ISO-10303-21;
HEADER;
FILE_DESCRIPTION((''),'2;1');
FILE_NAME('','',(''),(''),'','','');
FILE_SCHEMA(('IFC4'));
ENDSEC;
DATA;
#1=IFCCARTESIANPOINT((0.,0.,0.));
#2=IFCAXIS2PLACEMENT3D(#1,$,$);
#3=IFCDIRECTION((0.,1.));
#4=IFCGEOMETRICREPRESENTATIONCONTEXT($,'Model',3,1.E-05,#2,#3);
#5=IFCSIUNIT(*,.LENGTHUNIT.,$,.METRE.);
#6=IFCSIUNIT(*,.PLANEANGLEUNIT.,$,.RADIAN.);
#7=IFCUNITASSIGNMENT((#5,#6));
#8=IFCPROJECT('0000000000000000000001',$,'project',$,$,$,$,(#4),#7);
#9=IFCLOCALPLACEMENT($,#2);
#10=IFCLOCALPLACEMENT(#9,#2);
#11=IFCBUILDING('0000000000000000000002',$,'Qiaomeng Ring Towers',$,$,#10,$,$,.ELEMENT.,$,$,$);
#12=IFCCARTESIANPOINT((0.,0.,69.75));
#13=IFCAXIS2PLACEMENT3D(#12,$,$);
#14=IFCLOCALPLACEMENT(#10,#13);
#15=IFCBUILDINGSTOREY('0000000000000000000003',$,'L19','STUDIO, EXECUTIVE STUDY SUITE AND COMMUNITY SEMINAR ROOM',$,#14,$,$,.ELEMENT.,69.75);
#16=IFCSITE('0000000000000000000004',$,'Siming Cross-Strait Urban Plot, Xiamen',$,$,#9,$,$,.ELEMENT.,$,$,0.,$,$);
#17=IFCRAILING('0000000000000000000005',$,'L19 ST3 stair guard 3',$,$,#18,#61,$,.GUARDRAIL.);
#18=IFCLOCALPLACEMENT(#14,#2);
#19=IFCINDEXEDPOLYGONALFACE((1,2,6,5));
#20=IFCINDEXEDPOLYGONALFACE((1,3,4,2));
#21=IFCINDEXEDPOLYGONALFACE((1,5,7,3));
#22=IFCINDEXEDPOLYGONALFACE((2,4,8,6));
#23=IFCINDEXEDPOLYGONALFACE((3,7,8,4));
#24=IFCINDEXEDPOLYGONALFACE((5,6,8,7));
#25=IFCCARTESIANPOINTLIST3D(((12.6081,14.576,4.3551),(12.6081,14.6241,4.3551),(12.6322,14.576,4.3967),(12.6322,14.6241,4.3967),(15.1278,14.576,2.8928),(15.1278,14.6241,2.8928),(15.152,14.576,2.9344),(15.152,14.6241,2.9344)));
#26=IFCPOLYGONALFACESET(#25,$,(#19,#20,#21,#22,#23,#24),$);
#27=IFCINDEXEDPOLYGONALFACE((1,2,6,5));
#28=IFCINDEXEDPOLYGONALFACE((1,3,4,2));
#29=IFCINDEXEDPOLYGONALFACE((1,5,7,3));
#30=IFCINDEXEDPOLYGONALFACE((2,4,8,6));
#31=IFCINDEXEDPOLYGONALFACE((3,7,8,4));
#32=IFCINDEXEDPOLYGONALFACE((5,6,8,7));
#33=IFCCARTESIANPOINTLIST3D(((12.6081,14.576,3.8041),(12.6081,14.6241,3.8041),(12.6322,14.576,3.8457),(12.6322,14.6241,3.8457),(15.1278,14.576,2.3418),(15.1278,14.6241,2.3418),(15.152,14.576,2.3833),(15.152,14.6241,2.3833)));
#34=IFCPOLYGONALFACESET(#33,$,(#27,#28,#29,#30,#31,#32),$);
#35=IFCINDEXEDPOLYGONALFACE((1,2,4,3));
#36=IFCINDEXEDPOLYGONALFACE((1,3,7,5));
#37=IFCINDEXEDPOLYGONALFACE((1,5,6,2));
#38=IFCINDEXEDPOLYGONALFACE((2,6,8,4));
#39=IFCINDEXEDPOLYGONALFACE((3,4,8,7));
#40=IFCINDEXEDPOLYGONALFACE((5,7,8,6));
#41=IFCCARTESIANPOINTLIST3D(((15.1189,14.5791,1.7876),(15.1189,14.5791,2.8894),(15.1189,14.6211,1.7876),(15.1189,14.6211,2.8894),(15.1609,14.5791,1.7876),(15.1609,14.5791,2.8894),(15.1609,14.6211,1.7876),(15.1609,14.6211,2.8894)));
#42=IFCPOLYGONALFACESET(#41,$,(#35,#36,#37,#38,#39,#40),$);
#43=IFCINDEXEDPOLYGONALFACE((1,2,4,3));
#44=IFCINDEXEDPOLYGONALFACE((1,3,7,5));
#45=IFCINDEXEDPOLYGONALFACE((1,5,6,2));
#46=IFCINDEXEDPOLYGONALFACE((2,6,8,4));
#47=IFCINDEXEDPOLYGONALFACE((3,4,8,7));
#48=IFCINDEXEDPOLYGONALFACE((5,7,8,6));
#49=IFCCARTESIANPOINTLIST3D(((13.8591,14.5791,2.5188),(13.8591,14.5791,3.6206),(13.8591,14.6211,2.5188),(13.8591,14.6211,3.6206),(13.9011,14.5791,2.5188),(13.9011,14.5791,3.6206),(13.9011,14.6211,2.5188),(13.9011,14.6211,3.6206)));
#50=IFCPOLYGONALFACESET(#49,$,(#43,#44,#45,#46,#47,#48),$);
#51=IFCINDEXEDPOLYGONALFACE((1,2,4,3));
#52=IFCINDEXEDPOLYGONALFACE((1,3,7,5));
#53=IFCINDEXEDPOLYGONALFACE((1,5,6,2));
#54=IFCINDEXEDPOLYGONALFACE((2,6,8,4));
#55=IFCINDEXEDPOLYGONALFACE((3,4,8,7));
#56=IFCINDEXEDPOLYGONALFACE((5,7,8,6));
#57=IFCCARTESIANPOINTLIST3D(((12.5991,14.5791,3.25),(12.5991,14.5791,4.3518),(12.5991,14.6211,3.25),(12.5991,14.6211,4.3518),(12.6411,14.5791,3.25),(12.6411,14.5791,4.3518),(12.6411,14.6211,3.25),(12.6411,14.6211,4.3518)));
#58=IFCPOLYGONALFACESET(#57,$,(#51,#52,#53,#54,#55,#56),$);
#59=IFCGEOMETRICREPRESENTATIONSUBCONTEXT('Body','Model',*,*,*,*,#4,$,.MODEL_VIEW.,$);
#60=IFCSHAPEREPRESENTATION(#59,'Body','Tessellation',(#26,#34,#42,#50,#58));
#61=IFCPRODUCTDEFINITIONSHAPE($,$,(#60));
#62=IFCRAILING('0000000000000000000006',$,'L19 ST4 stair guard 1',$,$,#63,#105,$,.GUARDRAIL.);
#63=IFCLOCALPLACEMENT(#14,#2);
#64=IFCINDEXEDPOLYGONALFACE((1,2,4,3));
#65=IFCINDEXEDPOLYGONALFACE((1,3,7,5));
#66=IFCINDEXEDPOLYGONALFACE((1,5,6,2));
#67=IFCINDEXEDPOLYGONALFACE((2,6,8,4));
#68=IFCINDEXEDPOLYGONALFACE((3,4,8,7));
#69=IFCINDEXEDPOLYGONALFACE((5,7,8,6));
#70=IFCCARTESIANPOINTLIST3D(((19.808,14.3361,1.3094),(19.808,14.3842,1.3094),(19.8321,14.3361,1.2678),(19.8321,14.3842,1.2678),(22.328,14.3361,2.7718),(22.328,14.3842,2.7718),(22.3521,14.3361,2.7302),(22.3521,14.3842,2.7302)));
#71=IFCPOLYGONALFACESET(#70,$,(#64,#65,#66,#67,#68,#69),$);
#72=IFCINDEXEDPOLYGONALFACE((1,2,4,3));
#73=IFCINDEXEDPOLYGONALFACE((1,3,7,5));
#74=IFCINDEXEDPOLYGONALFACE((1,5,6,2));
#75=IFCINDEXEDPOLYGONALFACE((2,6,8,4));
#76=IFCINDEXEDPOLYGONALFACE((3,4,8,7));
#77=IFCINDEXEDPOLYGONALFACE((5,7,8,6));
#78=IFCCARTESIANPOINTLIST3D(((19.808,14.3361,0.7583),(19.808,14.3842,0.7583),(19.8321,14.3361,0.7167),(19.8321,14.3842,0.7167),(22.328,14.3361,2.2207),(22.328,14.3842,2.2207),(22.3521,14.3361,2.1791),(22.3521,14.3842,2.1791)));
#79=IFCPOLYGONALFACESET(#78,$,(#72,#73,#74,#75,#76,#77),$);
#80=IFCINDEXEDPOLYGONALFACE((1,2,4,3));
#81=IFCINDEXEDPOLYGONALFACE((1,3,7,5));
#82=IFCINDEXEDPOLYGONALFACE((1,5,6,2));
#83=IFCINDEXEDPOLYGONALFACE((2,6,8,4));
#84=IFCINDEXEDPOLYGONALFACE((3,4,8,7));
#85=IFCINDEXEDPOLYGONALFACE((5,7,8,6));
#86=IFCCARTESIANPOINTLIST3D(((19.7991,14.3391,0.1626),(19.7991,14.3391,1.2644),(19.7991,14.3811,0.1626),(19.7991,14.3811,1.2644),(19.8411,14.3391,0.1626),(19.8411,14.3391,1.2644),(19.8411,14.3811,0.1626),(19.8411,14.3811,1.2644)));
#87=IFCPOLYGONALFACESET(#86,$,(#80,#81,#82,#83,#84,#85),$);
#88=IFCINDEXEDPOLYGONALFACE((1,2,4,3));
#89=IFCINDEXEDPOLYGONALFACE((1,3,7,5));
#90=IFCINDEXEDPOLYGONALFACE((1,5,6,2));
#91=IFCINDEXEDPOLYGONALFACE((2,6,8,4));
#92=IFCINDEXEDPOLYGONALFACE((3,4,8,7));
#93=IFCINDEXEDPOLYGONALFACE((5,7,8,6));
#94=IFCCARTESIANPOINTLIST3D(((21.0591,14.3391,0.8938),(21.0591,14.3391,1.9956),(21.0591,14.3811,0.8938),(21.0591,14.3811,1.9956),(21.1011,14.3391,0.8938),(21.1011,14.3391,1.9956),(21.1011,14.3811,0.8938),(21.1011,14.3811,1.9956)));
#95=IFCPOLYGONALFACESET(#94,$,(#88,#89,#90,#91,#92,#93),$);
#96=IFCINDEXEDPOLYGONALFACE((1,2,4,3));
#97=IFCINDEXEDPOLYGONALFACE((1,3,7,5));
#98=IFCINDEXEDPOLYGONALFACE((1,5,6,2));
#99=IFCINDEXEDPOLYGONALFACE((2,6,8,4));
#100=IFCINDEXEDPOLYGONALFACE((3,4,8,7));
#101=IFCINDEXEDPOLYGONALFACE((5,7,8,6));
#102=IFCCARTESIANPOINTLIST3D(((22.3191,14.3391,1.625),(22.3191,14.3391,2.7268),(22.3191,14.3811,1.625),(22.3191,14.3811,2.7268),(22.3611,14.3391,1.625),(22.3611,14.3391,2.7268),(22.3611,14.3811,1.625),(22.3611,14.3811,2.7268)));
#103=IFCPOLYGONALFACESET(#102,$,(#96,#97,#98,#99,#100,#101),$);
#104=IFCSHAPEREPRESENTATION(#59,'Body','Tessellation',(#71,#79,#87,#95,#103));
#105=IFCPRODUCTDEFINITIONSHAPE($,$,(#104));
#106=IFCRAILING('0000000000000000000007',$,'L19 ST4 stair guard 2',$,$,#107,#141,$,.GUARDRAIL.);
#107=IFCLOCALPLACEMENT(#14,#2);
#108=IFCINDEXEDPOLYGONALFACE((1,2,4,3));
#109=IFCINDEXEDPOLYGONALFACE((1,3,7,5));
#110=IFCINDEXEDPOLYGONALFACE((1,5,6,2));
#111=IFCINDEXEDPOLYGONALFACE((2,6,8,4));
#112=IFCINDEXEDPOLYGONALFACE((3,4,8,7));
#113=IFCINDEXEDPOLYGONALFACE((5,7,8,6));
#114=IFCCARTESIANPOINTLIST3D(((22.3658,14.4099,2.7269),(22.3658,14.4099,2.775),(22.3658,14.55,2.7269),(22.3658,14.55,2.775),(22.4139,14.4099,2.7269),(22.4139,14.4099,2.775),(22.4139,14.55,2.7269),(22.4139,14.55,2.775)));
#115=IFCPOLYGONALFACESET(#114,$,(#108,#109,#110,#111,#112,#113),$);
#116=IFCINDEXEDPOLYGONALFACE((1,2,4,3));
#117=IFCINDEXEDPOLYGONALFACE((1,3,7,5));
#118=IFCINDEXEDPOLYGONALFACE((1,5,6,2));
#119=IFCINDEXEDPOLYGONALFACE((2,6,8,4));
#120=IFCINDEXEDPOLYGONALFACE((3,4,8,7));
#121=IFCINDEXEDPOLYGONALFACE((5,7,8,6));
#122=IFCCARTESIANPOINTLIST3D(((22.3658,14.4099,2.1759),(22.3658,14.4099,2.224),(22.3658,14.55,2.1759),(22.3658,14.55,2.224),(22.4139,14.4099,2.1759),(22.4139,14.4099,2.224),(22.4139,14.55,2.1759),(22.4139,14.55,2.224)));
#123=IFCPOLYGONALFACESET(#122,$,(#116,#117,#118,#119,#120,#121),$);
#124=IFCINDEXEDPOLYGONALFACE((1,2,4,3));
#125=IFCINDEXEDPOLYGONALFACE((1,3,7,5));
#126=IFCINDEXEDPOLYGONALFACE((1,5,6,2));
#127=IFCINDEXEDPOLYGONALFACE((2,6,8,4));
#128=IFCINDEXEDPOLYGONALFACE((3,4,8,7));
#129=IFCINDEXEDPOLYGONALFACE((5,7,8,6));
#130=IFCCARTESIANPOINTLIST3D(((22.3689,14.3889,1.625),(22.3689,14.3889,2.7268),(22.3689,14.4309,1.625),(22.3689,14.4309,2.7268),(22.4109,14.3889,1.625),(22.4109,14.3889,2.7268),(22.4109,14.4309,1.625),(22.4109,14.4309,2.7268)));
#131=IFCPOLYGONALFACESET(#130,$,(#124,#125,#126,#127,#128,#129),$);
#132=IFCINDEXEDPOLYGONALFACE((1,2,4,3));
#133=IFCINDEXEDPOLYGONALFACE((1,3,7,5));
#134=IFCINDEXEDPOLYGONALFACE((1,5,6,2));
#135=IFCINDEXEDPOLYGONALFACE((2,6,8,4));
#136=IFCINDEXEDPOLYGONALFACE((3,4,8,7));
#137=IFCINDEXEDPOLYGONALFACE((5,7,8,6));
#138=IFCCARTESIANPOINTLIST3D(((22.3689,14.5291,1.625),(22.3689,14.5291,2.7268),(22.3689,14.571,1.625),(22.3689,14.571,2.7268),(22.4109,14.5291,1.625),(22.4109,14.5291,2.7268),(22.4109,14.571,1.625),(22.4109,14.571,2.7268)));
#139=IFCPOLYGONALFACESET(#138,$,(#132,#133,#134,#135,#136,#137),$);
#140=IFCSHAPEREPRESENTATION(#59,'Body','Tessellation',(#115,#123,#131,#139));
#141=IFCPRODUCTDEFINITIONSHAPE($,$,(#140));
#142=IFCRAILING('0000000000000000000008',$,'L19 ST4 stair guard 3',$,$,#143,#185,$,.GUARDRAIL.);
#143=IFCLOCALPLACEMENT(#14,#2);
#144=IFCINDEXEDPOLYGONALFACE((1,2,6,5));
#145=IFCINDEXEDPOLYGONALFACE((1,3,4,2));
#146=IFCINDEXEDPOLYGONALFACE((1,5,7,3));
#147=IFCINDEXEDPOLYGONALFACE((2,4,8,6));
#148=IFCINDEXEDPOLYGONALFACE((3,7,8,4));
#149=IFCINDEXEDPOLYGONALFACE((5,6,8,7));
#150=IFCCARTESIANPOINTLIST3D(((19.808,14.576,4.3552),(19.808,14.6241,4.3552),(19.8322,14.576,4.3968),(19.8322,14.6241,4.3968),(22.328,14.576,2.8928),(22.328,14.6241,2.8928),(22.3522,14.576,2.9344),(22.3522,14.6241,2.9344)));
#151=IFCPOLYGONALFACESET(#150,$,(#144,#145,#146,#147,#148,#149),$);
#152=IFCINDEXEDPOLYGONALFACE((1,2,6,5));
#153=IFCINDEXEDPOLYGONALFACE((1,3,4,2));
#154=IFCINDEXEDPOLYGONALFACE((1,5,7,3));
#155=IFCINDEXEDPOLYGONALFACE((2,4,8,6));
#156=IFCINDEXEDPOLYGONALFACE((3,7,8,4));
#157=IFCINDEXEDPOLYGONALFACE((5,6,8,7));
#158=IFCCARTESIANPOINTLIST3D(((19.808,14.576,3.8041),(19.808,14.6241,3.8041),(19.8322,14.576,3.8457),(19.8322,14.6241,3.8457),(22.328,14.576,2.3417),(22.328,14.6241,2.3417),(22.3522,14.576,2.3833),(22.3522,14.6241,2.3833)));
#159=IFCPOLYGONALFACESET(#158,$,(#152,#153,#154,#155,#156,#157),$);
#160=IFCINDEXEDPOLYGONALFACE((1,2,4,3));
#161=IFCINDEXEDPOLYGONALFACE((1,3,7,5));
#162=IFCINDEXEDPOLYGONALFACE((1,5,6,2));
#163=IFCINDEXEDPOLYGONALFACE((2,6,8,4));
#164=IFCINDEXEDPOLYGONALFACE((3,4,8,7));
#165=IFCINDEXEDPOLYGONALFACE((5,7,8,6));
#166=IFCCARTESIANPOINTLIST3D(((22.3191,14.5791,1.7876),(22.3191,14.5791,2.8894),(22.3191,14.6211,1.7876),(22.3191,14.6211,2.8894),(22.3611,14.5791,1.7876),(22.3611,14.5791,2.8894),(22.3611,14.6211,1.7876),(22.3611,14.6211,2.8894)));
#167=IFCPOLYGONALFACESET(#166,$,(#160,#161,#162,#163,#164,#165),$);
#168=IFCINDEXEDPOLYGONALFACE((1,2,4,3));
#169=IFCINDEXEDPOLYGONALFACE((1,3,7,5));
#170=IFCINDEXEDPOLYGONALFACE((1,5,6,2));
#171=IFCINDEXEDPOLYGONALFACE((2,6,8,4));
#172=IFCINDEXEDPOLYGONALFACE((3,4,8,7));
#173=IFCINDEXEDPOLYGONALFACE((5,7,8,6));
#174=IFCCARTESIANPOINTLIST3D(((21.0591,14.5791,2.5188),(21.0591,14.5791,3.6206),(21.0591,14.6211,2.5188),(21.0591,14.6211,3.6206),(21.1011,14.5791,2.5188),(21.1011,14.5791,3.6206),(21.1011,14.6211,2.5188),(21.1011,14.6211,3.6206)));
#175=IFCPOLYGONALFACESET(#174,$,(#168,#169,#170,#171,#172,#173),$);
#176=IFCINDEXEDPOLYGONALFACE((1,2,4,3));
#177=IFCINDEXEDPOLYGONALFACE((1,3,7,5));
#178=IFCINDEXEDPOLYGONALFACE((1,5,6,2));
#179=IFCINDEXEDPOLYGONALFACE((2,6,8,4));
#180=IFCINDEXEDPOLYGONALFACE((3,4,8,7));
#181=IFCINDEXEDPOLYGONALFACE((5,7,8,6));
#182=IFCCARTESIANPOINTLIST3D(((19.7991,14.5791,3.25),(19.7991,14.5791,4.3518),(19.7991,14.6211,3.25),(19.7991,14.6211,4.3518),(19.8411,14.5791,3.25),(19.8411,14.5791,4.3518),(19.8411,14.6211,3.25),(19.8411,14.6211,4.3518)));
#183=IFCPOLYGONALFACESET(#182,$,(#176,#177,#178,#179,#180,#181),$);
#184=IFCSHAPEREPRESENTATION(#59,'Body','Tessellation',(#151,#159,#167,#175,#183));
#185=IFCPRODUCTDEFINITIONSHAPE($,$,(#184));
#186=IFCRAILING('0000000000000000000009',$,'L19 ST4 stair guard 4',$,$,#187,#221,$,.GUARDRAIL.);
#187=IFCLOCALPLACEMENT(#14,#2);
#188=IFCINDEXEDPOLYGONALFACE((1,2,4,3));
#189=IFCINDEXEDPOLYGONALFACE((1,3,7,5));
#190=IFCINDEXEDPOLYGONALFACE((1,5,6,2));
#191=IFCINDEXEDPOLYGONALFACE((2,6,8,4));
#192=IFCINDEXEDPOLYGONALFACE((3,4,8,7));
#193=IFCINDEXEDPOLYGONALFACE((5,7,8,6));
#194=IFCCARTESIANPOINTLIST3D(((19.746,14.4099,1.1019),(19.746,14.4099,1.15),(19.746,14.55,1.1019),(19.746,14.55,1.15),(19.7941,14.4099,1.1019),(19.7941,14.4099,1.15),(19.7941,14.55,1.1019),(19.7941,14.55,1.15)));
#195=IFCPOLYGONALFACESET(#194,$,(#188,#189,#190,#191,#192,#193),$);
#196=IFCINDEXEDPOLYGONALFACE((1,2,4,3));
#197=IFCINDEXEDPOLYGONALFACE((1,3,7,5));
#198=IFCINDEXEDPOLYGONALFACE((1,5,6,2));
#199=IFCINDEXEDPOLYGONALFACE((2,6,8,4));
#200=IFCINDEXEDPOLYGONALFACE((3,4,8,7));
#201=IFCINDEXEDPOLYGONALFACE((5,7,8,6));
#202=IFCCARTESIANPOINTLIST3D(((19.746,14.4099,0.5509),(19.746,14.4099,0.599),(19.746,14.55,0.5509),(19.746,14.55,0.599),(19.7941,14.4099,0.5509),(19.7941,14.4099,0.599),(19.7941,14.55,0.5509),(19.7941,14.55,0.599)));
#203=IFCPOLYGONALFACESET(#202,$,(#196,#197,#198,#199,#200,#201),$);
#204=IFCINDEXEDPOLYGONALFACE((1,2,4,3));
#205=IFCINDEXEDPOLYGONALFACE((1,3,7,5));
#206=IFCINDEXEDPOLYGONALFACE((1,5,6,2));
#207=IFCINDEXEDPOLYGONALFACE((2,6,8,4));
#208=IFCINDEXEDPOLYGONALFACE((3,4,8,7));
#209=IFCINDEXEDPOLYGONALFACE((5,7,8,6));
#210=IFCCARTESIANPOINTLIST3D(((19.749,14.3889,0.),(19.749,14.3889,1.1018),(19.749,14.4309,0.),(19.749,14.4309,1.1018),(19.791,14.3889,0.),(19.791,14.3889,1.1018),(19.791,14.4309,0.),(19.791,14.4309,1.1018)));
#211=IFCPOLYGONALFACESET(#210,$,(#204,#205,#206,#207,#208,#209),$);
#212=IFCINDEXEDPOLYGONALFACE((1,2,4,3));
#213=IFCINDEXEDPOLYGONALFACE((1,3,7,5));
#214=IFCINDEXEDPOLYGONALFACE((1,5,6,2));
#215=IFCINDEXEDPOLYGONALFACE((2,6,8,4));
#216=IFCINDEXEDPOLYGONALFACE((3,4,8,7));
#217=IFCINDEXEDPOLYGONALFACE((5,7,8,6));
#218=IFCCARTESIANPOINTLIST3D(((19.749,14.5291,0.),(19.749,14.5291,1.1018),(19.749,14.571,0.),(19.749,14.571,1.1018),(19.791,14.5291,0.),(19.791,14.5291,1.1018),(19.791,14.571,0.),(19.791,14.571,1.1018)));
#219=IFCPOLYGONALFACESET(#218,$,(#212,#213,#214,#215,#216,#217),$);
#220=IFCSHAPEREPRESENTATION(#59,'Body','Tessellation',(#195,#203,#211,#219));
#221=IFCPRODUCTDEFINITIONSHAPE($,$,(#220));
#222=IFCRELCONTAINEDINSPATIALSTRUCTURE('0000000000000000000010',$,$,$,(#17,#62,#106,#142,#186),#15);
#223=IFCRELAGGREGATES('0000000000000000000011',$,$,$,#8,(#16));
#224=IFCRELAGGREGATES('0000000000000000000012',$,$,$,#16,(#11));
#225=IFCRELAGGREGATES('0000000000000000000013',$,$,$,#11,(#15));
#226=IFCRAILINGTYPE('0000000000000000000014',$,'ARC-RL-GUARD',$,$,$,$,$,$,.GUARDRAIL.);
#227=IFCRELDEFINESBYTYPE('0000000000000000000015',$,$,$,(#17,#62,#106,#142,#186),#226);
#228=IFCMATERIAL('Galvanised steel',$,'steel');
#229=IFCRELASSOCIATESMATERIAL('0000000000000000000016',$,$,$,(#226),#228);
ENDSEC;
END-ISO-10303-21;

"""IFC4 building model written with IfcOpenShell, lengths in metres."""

from ifc_helpers import new_model, si_unit, direction, frame, origin, origin_2d, place, context, subcontext, project, spatial, rectangle, extrude, material, type_object, element, save


model = new_model("IFC4")

# Units and contexts
model_context = context("Model", 3, precision=1e-05, world=origin(), true_north=direction((0.0, 1.0)))
body_context = subcontext(model_context, "Body", "Model", "MODEL_VIEW")
ifc_project = project(units=[si_unit("LENGTHUNIT", "METRE"), si_unit("PLANEANGLEUNIT", "RADIAN")], contexts=[model_context])

# Site, building, storey
site_placement = place(None, origin())
site = spatial("IfcSite", under=ifc_project, at=site_placement, Name="Siming Cross-Strait Urban Plot, Xiamen", CompositionType="ELEMENT", RefElevation=0.0)
building_placement = place(site_placement, origin())
building = spatial("IfcBuilding", under=site, at=building_placement, Name="Qiaomeng Ring Towers", CompositionType="ELEMENT")
storey_placement = place(building_placement, frame((0.0, 0.0, 69.75)))
storey = spatial("IfcBuildingStorey", under=building, at=storey_placement, Name="L19", Description="STUDIO, EXECUTIVE STUDY SUITE AND COMMUNITY SEMINAR ROOM", CompositionType="ELEMENT", Elevation=69.75)

# Railings
ifc_material_1 = material(Name="Galvanised steel", Category="steel")
railing_type_1 = type_object("IfcRailingType", Name="ARC-RL-GUARD", PredefinedType="GUARDRAIL", material=ifc_material_1)
railing_1_placement = place(storey_placement, frame((15.1399, 14.6001, 1.7876)))
element("IfcRailing", 1, at=railing_1_placement, inside=storey, type_object=railing_type_1, Name="L19 ST3 stair guard 3", PredefinedType="GUARDRAIL", context=body_context, shape_type="SweptSolid", body=[
    extrude(rectangle(XDim=0.0481, YDim=0.0481, at=origin_2d()), frame((0.0, 0.0, 1.126), z_axis=(-0.864892, 0.0, 0.501958), x_axis=(0.0, -1.0, 0.0)), (0.0, 0.0, 1.0), 2.9133),
    extrude(rectangle(XDim=0.0481, YDim=0.0481, at=origin_2d()), frame((0.0, 0.0, 0.575), z_axis=(-0.864892, 0.0, 0.501958), x_axis=(0.0, -1.0, 0.0)), (0.0, 0.0, 1.0), 2.9133),
    extrude(rectangle(XDim=0.042, YDim=0.042, at=origin_2d()), origin(), (0.0, 0.0, 1.0), 1.1018),
    extrude(rectangle(XDim=0.042, YDim=0.042, at=origin_2d()), frame((-1.2598, 0.0, 0.7312)), (0.0, 0.0, 1.0), 1.1018),
    extrude(rectangle(XDim=0.042, YDim=0.042, at=origin_2d()), frame((-2.5198, 0.0, 1.4624)), (0.0, 0.0, 1.0), 1.1018),
])
railing_2_placement = place(storey_placement, frame((19.8201, 14.3601, 0.1626)))
element("IfcRailing", 2, at=railing_2_placement, inside=storey, type_object=railing_type_1, Name="L19 ST4 stair guard 1", PredefinedType="GUARDRAIL", context=body_context, shape_type="SweptSolid", body=[
    extrude(rectangle(XDim=0.0481, YDim=0.0481, at=origin_2d()), frame((0.0, 0.0, 1.126), z_axis=(0.864913, 0.0, 0.501921), x_axis=(0.0, 1.0, 0.0)), (0.0, 0.0, 1.0), 2.9136),
    extrude(rectangle(XDim=0.0481, YDim=0.0481, at=origin_2d()), frame((0.0, 0.0, 0.575), z_axis=(0.864913, 0.0, 0.501921), x_axis=(0.0, 1.0, 0.0)), (0.0, 0.0, 1.0), 2.9136),
    extrude(rectangle(XDim=0.042, YDim=0.042, at=origin_2d()), origin(), (0.0, 0.0, 1.0), 1.1018),
    extrude(rectangle(XDim=0.042, YDim=0.042, at=origin_2d()), frame((1.26, 0.0, 0.7312)), (0.0, 0.0, 1.0), 1.1018),
    extrude(rectangle(XDim=0.042, YDim=0.042, at=origin_2d()), frame((2.52, 0.0, 1.4624)), (0.0, 0.0, 1.0), 1.1018),
])
railing_3_placement = place(storey_placement, frame((22.3899, 14.4099, 1.625)))
element("IfcRailing", 3, at=railing_3_placement, inside=storey, type_object=railing_type_1, Name="L19 ST4 stair guard 2", PredefinedType="GUARDRAIL", context=body_context, shape_type="SweptSolid", body=[
    extrude(rectangle(XDim=0.0481, YDim=0.0481, at=origin_2d()), frame((0.0, 0.0, 1.126), z_axis=(0.0, 1.0, 0.0), x_axis=(-1.0, 0.0, 0.0)), (0.0, 0.0, 1.0), 0.1401),
    extrude(rectangle(XDim=0.0481, YDim=0.0481, at=origin_2d()), frame((0.0, 0.0, 0.575), z_axis=(0.0, 1.0, 0.0), x_axis=(-1.0, 0.0, 0.0)), (0.0, 0.0, 1.0), 0.1401),
    extrude(rectangle(XDim=0.042, YDim=0.042, at=origin_2d()), origin(), (0.0, 0.0, 1.0), 1.1018),
    extrude(rectangle(XDim=0.042, YDim=0.042, at=origin_2d()), frame((0.0, 0.1401, 0.0)), (0.0, 0.0, 1.0), 1.1018),
])
railing_4_placement = place(storey_placement, frame((22.3401, 14.6001, 1.7876)))
element("IfcRailing", 4, at=railing_4_placement, inside=storey, type_object=railing_type_1, Name="L19 ST4 stair guard 3", PredefinedType="GUARDRAIL", context=body_context, shape_type="SweptSolid", body=[
    extrude(rectangle(XDim=0.0481, YDim=0.0481, at=origin_2d()), frame((0.0, 0.0, 1.126), z_axis=(-0.864913, 0.0, 0.501921), x_axis=(0.0, -1.0, 0.0)), (0.0, 0.0, 1.0), 2.9136),
    extrude(rectangle(XDim=0.0481, YDim=0.0481, at=origin_2d()), frame((0.0, 0.0, 0.575), z_axis=(-0.864913, 0.0, 0.501921), x_axis=(0.0, -1.0, 0.0)), (0.0, 0.0, 1.0), 2.9136),
    extrude(rectangle(XDim=0.042, YDim=0.042, at=origin_2d()), origin(), (0.0, 0.0, 1.0), 1.1018),
    extrude(rectangle(XDim=0.042, YDim=0.042, at=origin_2d()), frame((-1.26, 0.0, 0.7312)), (0.0, 0.0, 1.0), 1.1018),
    extrude(rectangle(XDim=0.042, YDim=0.042, at=origin_2d()), frame((-2.52, 0.0, 1.4624)), (0.0, 0.0, 1.0), 1.1018),
])
railing_5_placement = place(storey_placement, frame((19.77, 14.4099, 0.0)))
element("IfcRailing", 5, at=railing_5_placement, inside=storey, type_object=railing_type_1, Name="L19 ST4 stair guard 4", PredefinedType="GUARDRAIL", context=body_context, shape_type="SweptSolid", body=[
    extrude(rectangle(XDim=0.0481, YDim=0.0481, at=origin_2d()), frame((0.0, 0.0, 1.126), z_axis=(0.0, 1.0, 0.0), x_axis=(-1.0, 0.0, 0.0)), (0.0, 0.0, 1.0), 0.1401),
    extrude(rectangle(XDim=0.0481, YDim=0.0481, at=origin_2d()), frame((0.0, 0.0, 0.575), z_axis=(0.0, 1.0, 0.0), x_axis=(-1.0, 0.0, 0.0)), (0.0, 0.0, 1.0), 0.1401),
    extrude(rectangle(XDim=0.042, YDim=0.042, at=origin_2d()), origin(), (0.0, 0.0, 1.0), 1.1018),
    extrude(rectangle(XDim=0.042, YDim=0.042, at=origin_2d()), frame((0.0, 0.1401, 0.0)), (0.0, 0.0, 1.0), 1.1018),
])

save(model, "model.ifc")
